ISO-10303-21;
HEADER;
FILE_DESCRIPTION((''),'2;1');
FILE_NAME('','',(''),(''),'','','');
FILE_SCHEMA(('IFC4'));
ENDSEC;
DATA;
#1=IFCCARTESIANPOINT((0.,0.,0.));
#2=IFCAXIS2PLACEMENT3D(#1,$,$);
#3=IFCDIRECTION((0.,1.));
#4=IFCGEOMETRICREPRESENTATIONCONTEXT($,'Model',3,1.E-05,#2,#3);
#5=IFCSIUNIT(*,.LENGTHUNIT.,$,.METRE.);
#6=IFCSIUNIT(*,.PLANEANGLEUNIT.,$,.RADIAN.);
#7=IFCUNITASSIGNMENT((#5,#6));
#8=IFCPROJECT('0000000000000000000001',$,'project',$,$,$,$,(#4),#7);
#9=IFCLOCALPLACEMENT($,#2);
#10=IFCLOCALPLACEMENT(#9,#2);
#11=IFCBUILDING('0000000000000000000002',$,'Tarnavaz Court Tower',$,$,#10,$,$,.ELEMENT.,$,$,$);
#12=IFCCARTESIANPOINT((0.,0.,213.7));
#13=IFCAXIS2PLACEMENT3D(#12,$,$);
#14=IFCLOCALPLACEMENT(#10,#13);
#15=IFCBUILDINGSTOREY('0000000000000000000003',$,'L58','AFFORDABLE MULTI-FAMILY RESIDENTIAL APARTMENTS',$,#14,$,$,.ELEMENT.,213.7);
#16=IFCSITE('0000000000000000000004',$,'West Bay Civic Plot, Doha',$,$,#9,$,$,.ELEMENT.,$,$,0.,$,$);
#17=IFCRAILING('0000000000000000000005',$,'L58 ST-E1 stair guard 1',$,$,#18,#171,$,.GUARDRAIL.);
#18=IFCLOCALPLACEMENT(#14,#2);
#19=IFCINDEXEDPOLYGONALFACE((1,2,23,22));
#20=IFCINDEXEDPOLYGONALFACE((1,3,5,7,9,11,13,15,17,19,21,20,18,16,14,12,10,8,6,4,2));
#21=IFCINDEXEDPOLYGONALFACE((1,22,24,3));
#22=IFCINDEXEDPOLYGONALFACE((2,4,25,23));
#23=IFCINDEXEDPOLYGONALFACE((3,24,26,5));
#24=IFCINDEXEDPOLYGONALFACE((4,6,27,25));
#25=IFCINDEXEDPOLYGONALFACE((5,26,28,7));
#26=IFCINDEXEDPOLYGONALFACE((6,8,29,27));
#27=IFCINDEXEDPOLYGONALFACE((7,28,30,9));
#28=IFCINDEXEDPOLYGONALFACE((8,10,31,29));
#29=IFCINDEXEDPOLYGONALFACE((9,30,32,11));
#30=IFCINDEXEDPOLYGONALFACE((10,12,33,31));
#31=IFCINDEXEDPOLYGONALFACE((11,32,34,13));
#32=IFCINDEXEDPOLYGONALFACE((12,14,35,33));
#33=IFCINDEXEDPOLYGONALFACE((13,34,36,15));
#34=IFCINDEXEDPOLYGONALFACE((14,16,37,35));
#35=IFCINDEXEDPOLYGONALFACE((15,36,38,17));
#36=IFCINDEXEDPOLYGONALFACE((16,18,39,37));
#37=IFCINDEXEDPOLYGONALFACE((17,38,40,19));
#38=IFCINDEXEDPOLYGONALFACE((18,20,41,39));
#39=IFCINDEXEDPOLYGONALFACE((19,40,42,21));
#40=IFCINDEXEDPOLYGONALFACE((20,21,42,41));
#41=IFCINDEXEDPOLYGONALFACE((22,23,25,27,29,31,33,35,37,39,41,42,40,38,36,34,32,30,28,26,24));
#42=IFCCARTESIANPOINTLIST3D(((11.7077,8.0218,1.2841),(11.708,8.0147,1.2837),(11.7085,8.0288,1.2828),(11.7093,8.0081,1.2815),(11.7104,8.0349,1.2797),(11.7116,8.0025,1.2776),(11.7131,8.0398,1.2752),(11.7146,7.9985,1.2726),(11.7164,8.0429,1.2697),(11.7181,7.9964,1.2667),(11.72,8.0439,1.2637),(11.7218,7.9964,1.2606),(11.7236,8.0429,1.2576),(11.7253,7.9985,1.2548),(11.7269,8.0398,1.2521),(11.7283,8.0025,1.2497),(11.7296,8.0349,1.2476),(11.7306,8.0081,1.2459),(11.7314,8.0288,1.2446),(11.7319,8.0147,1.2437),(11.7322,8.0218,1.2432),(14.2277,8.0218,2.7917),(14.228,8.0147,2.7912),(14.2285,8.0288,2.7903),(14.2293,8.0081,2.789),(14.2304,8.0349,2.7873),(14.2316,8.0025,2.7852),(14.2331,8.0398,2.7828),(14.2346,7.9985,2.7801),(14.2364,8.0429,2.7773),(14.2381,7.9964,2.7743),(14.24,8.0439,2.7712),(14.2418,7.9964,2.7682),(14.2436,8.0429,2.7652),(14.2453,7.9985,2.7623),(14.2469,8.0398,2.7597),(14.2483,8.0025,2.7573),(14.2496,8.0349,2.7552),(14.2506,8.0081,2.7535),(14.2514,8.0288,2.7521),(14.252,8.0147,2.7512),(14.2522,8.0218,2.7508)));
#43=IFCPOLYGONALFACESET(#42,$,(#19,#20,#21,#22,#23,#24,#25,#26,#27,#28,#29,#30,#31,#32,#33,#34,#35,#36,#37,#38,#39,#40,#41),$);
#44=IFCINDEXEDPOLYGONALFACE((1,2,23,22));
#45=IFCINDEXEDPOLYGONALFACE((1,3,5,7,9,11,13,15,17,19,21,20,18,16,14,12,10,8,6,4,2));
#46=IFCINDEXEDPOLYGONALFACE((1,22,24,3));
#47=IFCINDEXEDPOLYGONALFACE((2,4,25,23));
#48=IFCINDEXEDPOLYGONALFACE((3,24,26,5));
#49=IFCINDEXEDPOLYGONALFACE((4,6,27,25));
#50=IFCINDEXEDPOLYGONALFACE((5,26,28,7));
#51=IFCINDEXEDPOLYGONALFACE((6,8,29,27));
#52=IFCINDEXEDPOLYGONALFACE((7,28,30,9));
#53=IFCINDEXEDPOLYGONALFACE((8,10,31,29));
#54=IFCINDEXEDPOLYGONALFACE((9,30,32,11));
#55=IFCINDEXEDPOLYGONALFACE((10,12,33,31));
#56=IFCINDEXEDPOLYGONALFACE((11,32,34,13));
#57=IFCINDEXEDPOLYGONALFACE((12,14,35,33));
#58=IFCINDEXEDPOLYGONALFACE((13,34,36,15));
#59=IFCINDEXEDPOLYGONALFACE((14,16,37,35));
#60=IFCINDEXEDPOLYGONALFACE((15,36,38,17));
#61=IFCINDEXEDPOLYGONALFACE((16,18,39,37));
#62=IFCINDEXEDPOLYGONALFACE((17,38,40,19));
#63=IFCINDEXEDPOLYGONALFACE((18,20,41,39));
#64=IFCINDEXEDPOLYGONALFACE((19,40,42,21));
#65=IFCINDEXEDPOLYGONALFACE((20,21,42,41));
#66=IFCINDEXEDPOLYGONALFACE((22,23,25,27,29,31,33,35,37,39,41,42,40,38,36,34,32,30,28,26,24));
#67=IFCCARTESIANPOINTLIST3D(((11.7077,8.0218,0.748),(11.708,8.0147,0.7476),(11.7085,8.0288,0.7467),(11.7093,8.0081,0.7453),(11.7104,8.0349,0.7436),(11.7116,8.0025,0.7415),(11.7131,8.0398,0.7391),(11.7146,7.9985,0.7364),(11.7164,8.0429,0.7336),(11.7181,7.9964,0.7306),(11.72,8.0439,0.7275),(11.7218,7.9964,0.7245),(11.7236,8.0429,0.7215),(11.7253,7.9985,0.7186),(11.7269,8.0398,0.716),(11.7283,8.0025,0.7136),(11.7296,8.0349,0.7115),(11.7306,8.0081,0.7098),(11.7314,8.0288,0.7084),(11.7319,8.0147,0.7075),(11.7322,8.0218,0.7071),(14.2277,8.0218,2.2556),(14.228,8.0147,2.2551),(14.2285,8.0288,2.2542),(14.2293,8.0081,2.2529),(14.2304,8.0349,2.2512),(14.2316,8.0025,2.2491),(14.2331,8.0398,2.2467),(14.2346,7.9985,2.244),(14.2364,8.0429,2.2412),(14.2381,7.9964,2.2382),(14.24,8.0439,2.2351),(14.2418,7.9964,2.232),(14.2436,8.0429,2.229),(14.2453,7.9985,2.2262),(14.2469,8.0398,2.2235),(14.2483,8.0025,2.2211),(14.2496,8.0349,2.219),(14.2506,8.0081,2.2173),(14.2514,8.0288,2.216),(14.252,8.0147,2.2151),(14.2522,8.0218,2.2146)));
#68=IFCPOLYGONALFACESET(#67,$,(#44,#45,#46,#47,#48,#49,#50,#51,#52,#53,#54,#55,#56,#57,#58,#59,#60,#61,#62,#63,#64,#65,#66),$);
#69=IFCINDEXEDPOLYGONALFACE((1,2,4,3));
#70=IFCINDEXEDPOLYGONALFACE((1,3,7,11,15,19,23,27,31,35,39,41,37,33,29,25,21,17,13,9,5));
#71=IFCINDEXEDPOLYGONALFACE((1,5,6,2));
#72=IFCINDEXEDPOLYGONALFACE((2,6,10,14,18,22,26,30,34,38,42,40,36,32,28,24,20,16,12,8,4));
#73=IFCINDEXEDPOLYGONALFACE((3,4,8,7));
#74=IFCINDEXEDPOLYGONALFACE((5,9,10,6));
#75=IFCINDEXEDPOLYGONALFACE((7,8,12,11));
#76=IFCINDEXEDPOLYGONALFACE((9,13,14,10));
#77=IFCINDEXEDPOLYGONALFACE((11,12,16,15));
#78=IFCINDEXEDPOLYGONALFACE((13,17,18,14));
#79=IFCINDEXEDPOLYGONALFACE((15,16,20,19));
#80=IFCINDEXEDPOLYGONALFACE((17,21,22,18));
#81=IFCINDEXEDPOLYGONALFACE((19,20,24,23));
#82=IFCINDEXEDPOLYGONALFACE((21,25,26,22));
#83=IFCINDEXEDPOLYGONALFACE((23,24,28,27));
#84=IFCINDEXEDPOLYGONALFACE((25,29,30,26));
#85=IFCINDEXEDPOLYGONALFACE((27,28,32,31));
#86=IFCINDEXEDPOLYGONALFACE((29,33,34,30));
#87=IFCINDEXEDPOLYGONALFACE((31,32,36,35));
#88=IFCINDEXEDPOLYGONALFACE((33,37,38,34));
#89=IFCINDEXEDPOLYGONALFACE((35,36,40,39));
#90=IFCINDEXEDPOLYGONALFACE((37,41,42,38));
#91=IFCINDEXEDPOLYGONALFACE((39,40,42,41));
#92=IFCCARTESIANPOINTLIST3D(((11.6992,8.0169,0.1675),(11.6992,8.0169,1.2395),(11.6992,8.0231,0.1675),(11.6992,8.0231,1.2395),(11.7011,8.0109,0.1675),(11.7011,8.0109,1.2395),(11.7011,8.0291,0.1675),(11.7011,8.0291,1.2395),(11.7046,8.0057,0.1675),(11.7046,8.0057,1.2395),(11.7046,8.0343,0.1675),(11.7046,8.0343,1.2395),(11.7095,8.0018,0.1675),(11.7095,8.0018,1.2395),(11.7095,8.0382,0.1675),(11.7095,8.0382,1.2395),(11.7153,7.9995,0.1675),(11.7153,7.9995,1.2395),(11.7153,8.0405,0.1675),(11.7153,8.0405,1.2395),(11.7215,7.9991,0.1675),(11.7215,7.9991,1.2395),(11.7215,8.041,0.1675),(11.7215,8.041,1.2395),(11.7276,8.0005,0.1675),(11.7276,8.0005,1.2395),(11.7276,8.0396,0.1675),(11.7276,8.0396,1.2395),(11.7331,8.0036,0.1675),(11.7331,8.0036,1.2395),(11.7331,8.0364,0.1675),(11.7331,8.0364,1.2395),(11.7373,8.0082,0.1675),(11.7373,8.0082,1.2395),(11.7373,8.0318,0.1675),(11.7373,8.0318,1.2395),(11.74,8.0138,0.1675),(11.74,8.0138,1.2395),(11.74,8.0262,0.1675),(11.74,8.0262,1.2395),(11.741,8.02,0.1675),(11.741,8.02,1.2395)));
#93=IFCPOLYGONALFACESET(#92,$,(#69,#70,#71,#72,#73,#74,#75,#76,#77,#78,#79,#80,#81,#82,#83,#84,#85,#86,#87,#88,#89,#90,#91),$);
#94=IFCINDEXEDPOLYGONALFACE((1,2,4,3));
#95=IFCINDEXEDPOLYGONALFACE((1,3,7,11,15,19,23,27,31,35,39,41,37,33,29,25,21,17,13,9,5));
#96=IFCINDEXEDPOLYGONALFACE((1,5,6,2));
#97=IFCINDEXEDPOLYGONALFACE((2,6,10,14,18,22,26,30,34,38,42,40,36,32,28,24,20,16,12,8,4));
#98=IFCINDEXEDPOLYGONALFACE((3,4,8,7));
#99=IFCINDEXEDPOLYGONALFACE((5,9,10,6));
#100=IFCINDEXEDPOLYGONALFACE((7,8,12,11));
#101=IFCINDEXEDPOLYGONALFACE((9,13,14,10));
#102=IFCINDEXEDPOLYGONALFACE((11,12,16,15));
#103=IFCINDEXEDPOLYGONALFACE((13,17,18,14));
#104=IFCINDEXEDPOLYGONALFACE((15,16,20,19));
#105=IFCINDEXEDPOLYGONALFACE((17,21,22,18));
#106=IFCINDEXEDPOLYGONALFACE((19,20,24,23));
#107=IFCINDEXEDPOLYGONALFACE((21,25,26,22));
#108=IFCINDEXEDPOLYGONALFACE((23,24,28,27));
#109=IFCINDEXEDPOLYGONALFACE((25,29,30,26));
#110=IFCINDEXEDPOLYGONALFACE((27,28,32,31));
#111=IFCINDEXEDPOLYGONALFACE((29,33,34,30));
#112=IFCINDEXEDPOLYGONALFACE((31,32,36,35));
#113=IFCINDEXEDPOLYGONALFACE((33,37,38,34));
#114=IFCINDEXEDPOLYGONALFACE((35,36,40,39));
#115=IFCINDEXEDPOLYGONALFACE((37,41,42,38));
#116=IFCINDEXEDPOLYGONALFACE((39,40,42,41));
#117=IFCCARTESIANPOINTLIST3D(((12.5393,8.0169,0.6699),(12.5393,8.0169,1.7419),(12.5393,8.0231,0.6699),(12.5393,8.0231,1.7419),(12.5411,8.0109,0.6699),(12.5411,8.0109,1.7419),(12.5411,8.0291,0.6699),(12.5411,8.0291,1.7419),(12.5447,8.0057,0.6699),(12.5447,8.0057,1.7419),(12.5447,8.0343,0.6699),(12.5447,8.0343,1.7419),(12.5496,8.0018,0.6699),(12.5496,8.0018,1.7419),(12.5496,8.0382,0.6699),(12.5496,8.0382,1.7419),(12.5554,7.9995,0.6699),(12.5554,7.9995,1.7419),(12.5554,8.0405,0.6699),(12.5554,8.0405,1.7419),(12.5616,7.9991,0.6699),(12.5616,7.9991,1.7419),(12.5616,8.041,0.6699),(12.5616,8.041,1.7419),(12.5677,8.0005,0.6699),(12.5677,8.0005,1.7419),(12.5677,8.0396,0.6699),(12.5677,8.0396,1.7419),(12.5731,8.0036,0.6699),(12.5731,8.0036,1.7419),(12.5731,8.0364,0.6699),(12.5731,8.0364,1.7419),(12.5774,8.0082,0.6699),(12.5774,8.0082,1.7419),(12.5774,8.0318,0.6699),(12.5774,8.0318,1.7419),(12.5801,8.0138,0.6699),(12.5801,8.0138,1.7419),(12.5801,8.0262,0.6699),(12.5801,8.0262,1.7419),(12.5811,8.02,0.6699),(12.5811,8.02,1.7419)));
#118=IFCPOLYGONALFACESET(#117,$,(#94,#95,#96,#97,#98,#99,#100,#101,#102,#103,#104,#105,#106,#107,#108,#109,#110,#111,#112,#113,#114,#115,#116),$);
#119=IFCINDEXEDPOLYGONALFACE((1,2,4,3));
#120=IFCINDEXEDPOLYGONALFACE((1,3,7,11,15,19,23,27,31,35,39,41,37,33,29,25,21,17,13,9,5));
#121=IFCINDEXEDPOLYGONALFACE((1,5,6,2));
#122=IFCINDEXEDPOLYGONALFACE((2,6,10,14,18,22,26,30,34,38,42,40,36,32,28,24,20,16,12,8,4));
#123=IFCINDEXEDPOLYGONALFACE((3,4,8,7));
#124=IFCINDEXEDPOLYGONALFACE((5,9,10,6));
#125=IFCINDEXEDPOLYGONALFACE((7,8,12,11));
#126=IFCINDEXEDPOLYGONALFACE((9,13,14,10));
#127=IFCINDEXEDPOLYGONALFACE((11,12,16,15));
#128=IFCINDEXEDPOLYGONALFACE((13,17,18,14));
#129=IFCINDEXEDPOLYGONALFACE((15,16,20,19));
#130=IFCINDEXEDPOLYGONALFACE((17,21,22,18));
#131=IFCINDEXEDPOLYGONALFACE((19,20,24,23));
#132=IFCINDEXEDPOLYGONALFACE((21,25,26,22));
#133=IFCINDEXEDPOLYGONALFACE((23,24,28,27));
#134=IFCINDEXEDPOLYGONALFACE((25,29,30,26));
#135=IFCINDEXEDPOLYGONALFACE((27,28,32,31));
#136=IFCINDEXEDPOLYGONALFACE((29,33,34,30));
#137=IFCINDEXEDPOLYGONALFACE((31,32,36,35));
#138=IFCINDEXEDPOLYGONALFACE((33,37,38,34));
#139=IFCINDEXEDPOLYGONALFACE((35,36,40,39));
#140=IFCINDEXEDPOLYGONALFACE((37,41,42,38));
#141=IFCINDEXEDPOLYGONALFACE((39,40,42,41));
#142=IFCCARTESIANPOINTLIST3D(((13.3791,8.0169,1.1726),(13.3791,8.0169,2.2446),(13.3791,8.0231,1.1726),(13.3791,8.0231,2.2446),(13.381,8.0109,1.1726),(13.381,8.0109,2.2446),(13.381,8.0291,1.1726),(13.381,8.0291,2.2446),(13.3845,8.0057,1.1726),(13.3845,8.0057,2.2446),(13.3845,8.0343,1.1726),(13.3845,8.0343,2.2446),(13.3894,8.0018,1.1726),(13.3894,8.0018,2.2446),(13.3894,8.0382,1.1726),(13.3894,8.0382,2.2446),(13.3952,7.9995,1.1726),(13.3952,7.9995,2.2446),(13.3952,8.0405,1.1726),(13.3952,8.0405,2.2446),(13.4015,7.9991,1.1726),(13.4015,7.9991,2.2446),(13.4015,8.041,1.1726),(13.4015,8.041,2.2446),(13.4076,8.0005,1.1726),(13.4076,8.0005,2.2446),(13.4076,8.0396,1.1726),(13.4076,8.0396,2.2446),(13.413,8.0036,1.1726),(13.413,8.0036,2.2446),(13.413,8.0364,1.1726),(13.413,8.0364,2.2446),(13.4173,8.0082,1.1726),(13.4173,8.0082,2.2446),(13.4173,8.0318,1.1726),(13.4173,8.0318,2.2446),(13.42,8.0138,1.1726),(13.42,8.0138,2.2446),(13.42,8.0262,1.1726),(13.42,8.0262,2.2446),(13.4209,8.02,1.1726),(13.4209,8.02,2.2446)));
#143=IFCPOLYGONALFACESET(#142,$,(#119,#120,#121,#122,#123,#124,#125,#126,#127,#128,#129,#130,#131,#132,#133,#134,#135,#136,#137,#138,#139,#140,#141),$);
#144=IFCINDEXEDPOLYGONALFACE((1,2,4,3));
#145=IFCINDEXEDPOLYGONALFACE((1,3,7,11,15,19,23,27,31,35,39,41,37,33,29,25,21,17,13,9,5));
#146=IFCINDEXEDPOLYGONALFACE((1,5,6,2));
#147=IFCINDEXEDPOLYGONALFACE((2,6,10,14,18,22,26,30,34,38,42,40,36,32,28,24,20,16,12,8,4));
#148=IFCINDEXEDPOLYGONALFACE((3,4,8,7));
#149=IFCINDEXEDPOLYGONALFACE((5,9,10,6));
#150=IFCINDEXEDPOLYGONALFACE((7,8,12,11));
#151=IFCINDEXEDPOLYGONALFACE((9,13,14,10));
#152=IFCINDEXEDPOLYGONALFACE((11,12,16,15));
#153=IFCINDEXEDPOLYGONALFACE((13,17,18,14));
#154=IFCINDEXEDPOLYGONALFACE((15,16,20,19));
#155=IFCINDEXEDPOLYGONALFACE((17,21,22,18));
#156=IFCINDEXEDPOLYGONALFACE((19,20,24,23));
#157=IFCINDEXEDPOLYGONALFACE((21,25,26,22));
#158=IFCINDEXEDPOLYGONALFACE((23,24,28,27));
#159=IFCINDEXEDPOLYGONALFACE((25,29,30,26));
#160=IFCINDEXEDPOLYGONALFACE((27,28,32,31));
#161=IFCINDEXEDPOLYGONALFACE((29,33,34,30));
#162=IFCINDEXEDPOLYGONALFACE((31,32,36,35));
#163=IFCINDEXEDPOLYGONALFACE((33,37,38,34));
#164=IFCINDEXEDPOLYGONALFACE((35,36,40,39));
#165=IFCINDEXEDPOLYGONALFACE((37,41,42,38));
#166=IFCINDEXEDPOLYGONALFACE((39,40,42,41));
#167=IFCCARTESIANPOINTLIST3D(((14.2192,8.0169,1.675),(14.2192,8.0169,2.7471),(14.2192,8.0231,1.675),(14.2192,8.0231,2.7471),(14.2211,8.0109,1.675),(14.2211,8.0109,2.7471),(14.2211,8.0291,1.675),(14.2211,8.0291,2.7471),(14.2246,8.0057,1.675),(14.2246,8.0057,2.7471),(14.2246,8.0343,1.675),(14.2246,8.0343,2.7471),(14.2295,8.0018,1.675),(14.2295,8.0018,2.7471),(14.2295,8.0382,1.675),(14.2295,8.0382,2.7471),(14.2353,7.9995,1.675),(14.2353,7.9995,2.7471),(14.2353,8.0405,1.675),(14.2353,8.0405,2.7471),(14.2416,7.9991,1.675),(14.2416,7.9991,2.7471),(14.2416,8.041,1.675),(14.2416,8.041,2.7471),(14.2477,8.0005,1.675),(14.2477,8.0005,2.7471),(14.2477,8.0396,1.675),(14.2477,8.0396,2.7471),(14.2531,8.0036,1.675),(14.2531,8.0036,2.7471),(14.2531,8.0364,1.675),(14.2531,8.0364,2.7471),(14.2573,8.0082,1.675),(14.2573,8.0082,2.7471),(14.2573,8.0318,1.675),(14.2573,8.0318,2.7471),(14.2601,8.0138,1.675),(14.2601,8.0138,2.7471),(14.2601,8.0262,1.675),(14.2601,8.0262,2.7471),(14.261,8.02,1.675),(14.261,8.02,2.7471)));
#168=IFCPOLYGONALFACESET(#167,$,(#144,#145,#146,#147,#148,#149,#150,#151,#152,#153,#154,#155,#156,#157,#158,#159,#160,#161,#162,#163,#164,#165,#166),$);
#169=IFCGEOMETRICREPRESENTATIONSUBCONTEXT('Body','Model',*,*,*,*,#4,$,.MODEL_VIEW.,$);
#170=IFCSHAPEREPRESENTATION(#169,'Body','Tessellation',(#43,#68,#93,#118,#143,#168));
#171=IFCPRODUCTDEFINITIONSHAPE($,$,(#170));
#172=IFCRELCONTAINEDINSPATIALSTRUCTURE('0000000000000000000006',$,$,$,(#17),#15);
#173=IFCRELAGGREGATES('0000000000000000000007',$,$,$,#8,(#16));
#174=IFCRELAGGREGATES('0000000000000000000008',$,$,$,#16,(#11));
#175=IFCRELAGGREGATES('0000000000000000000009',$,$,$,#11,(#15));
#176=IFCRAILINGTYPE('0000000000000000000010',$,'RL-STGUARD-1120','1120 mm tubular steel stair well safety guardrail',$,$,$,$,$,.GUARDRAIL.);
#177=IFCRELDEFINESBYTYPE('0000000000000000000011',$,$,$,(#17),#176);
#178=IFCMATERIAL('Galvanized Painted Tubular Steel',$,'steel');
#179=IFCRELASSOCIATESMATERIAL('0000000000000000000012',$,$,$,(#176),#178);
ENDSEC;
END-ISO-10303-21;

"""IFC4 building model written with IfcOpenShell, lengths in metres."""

from ifc_helpers import new_model, si_unit, direction, frame, origin, origin_2d, place, context, subcontext, project, spatial, circle, extrude, material, type_object, element, save


model = new_model("IFC4")

# Units and contexts
model_context = context("Model", 3, precision=1e-05, world=origin(), true_north=direction((0.0, 1.0)))
body_context = subcontext(model_context, "Body", "Model", "MODEL_VIEW")
ifc_project = project(units=[si_unit("LENGTHUNIT", "METRE"), si_unit("PLANEANGLEUNIT", "RADIAN")], contexts=[model_context])

# Site, building, storey
site_placement = place(None, origin())
site = spatial("IfcSite", under=ifc_project, at=site_placement, Name="West Bay Civic Plot, Doha", CompositionType="ELEMENT", RefElevation=0.0)
building_placement = place(site_placement, origin())
building = spatial("IfcBuilding", under=site, at=building_placement, Name="Tarnavaz Court Tower", CompositionType="ELEMENT")
storey_placement = place(building_placement, frame((0.0, 0.0, 213.7)))
storey = spatial("IfcBuildingStorey", under=building, at=storey_placement, Name="L58", Description="AFFORDABLE MULTI-FAMILY RESIDENTIAL APARTMENTS", CompositionType="ELEMENT", Elevation=213.7)

# Railing
ifc_material_1 = material(Name="Galvanized Painted Tubular Steel", Category="steel")
railing_type_1 = type_object("IfcRailingType", Name="RL-STGUARD-1120", Description="1120 mm tubular steel stair well safety guardrail", PredefinedType="GUARDRAIL", material=ifc_material_1)
railing_1_placement = place(storey_placement, frame((11.72, 8.02, 0.1675)))
element("IfcRailing", 1, at=railing_1_placement, inside=storey, type_object=railing_type_1, Name="L58 ST-E1 stair guard 1", PredefinedType="GUARDRAIL", context=body_context, shape_type="SweptSolid", body=[
    extrude(circle(Radius=0.0239, at=origin_2d()), frame((0.0, 0.0, 1.0962), z_axis=(0.85816, 0.0, 0.513383), x_axis=(0.0, 1.0, 0.0)), (0.0, 0.0, 1.0), 2.9365),
    extrude(circle(Radius=0.0239, at=origin_2d()), frame((0.0, 0.0, 0.5601), z_axis=(0.85816, 0.0, 0.513383), x_axis=(0.0, 1.0, 0.0)), (0.0, 0.0, 1.0), 2.9365),
    extrude(circle(Radius=0.021, at=origin_2d()), origin(), (0.0, 0.0, 1.0), 1.072),
    extrude(circle(Radius=0.021, at=origin_2d()), frame((0.8401, 0.0, 0.5024)), (0.0, 0.0, 1.0), 1.072),
    extrude(circle(Radius=0.021, at=origin_2d()), frame((1.6799, 0.0, 1.0051)), (0.0, 0.0, 1.0), 1.072),
    extrude(circle(Radius=0.021, at=origin_2d()), frame((2.52, 0.0, 1.5076)), (0.0, 0.0, 1.0), 1.072),
])

save(model, "model.ifc")
